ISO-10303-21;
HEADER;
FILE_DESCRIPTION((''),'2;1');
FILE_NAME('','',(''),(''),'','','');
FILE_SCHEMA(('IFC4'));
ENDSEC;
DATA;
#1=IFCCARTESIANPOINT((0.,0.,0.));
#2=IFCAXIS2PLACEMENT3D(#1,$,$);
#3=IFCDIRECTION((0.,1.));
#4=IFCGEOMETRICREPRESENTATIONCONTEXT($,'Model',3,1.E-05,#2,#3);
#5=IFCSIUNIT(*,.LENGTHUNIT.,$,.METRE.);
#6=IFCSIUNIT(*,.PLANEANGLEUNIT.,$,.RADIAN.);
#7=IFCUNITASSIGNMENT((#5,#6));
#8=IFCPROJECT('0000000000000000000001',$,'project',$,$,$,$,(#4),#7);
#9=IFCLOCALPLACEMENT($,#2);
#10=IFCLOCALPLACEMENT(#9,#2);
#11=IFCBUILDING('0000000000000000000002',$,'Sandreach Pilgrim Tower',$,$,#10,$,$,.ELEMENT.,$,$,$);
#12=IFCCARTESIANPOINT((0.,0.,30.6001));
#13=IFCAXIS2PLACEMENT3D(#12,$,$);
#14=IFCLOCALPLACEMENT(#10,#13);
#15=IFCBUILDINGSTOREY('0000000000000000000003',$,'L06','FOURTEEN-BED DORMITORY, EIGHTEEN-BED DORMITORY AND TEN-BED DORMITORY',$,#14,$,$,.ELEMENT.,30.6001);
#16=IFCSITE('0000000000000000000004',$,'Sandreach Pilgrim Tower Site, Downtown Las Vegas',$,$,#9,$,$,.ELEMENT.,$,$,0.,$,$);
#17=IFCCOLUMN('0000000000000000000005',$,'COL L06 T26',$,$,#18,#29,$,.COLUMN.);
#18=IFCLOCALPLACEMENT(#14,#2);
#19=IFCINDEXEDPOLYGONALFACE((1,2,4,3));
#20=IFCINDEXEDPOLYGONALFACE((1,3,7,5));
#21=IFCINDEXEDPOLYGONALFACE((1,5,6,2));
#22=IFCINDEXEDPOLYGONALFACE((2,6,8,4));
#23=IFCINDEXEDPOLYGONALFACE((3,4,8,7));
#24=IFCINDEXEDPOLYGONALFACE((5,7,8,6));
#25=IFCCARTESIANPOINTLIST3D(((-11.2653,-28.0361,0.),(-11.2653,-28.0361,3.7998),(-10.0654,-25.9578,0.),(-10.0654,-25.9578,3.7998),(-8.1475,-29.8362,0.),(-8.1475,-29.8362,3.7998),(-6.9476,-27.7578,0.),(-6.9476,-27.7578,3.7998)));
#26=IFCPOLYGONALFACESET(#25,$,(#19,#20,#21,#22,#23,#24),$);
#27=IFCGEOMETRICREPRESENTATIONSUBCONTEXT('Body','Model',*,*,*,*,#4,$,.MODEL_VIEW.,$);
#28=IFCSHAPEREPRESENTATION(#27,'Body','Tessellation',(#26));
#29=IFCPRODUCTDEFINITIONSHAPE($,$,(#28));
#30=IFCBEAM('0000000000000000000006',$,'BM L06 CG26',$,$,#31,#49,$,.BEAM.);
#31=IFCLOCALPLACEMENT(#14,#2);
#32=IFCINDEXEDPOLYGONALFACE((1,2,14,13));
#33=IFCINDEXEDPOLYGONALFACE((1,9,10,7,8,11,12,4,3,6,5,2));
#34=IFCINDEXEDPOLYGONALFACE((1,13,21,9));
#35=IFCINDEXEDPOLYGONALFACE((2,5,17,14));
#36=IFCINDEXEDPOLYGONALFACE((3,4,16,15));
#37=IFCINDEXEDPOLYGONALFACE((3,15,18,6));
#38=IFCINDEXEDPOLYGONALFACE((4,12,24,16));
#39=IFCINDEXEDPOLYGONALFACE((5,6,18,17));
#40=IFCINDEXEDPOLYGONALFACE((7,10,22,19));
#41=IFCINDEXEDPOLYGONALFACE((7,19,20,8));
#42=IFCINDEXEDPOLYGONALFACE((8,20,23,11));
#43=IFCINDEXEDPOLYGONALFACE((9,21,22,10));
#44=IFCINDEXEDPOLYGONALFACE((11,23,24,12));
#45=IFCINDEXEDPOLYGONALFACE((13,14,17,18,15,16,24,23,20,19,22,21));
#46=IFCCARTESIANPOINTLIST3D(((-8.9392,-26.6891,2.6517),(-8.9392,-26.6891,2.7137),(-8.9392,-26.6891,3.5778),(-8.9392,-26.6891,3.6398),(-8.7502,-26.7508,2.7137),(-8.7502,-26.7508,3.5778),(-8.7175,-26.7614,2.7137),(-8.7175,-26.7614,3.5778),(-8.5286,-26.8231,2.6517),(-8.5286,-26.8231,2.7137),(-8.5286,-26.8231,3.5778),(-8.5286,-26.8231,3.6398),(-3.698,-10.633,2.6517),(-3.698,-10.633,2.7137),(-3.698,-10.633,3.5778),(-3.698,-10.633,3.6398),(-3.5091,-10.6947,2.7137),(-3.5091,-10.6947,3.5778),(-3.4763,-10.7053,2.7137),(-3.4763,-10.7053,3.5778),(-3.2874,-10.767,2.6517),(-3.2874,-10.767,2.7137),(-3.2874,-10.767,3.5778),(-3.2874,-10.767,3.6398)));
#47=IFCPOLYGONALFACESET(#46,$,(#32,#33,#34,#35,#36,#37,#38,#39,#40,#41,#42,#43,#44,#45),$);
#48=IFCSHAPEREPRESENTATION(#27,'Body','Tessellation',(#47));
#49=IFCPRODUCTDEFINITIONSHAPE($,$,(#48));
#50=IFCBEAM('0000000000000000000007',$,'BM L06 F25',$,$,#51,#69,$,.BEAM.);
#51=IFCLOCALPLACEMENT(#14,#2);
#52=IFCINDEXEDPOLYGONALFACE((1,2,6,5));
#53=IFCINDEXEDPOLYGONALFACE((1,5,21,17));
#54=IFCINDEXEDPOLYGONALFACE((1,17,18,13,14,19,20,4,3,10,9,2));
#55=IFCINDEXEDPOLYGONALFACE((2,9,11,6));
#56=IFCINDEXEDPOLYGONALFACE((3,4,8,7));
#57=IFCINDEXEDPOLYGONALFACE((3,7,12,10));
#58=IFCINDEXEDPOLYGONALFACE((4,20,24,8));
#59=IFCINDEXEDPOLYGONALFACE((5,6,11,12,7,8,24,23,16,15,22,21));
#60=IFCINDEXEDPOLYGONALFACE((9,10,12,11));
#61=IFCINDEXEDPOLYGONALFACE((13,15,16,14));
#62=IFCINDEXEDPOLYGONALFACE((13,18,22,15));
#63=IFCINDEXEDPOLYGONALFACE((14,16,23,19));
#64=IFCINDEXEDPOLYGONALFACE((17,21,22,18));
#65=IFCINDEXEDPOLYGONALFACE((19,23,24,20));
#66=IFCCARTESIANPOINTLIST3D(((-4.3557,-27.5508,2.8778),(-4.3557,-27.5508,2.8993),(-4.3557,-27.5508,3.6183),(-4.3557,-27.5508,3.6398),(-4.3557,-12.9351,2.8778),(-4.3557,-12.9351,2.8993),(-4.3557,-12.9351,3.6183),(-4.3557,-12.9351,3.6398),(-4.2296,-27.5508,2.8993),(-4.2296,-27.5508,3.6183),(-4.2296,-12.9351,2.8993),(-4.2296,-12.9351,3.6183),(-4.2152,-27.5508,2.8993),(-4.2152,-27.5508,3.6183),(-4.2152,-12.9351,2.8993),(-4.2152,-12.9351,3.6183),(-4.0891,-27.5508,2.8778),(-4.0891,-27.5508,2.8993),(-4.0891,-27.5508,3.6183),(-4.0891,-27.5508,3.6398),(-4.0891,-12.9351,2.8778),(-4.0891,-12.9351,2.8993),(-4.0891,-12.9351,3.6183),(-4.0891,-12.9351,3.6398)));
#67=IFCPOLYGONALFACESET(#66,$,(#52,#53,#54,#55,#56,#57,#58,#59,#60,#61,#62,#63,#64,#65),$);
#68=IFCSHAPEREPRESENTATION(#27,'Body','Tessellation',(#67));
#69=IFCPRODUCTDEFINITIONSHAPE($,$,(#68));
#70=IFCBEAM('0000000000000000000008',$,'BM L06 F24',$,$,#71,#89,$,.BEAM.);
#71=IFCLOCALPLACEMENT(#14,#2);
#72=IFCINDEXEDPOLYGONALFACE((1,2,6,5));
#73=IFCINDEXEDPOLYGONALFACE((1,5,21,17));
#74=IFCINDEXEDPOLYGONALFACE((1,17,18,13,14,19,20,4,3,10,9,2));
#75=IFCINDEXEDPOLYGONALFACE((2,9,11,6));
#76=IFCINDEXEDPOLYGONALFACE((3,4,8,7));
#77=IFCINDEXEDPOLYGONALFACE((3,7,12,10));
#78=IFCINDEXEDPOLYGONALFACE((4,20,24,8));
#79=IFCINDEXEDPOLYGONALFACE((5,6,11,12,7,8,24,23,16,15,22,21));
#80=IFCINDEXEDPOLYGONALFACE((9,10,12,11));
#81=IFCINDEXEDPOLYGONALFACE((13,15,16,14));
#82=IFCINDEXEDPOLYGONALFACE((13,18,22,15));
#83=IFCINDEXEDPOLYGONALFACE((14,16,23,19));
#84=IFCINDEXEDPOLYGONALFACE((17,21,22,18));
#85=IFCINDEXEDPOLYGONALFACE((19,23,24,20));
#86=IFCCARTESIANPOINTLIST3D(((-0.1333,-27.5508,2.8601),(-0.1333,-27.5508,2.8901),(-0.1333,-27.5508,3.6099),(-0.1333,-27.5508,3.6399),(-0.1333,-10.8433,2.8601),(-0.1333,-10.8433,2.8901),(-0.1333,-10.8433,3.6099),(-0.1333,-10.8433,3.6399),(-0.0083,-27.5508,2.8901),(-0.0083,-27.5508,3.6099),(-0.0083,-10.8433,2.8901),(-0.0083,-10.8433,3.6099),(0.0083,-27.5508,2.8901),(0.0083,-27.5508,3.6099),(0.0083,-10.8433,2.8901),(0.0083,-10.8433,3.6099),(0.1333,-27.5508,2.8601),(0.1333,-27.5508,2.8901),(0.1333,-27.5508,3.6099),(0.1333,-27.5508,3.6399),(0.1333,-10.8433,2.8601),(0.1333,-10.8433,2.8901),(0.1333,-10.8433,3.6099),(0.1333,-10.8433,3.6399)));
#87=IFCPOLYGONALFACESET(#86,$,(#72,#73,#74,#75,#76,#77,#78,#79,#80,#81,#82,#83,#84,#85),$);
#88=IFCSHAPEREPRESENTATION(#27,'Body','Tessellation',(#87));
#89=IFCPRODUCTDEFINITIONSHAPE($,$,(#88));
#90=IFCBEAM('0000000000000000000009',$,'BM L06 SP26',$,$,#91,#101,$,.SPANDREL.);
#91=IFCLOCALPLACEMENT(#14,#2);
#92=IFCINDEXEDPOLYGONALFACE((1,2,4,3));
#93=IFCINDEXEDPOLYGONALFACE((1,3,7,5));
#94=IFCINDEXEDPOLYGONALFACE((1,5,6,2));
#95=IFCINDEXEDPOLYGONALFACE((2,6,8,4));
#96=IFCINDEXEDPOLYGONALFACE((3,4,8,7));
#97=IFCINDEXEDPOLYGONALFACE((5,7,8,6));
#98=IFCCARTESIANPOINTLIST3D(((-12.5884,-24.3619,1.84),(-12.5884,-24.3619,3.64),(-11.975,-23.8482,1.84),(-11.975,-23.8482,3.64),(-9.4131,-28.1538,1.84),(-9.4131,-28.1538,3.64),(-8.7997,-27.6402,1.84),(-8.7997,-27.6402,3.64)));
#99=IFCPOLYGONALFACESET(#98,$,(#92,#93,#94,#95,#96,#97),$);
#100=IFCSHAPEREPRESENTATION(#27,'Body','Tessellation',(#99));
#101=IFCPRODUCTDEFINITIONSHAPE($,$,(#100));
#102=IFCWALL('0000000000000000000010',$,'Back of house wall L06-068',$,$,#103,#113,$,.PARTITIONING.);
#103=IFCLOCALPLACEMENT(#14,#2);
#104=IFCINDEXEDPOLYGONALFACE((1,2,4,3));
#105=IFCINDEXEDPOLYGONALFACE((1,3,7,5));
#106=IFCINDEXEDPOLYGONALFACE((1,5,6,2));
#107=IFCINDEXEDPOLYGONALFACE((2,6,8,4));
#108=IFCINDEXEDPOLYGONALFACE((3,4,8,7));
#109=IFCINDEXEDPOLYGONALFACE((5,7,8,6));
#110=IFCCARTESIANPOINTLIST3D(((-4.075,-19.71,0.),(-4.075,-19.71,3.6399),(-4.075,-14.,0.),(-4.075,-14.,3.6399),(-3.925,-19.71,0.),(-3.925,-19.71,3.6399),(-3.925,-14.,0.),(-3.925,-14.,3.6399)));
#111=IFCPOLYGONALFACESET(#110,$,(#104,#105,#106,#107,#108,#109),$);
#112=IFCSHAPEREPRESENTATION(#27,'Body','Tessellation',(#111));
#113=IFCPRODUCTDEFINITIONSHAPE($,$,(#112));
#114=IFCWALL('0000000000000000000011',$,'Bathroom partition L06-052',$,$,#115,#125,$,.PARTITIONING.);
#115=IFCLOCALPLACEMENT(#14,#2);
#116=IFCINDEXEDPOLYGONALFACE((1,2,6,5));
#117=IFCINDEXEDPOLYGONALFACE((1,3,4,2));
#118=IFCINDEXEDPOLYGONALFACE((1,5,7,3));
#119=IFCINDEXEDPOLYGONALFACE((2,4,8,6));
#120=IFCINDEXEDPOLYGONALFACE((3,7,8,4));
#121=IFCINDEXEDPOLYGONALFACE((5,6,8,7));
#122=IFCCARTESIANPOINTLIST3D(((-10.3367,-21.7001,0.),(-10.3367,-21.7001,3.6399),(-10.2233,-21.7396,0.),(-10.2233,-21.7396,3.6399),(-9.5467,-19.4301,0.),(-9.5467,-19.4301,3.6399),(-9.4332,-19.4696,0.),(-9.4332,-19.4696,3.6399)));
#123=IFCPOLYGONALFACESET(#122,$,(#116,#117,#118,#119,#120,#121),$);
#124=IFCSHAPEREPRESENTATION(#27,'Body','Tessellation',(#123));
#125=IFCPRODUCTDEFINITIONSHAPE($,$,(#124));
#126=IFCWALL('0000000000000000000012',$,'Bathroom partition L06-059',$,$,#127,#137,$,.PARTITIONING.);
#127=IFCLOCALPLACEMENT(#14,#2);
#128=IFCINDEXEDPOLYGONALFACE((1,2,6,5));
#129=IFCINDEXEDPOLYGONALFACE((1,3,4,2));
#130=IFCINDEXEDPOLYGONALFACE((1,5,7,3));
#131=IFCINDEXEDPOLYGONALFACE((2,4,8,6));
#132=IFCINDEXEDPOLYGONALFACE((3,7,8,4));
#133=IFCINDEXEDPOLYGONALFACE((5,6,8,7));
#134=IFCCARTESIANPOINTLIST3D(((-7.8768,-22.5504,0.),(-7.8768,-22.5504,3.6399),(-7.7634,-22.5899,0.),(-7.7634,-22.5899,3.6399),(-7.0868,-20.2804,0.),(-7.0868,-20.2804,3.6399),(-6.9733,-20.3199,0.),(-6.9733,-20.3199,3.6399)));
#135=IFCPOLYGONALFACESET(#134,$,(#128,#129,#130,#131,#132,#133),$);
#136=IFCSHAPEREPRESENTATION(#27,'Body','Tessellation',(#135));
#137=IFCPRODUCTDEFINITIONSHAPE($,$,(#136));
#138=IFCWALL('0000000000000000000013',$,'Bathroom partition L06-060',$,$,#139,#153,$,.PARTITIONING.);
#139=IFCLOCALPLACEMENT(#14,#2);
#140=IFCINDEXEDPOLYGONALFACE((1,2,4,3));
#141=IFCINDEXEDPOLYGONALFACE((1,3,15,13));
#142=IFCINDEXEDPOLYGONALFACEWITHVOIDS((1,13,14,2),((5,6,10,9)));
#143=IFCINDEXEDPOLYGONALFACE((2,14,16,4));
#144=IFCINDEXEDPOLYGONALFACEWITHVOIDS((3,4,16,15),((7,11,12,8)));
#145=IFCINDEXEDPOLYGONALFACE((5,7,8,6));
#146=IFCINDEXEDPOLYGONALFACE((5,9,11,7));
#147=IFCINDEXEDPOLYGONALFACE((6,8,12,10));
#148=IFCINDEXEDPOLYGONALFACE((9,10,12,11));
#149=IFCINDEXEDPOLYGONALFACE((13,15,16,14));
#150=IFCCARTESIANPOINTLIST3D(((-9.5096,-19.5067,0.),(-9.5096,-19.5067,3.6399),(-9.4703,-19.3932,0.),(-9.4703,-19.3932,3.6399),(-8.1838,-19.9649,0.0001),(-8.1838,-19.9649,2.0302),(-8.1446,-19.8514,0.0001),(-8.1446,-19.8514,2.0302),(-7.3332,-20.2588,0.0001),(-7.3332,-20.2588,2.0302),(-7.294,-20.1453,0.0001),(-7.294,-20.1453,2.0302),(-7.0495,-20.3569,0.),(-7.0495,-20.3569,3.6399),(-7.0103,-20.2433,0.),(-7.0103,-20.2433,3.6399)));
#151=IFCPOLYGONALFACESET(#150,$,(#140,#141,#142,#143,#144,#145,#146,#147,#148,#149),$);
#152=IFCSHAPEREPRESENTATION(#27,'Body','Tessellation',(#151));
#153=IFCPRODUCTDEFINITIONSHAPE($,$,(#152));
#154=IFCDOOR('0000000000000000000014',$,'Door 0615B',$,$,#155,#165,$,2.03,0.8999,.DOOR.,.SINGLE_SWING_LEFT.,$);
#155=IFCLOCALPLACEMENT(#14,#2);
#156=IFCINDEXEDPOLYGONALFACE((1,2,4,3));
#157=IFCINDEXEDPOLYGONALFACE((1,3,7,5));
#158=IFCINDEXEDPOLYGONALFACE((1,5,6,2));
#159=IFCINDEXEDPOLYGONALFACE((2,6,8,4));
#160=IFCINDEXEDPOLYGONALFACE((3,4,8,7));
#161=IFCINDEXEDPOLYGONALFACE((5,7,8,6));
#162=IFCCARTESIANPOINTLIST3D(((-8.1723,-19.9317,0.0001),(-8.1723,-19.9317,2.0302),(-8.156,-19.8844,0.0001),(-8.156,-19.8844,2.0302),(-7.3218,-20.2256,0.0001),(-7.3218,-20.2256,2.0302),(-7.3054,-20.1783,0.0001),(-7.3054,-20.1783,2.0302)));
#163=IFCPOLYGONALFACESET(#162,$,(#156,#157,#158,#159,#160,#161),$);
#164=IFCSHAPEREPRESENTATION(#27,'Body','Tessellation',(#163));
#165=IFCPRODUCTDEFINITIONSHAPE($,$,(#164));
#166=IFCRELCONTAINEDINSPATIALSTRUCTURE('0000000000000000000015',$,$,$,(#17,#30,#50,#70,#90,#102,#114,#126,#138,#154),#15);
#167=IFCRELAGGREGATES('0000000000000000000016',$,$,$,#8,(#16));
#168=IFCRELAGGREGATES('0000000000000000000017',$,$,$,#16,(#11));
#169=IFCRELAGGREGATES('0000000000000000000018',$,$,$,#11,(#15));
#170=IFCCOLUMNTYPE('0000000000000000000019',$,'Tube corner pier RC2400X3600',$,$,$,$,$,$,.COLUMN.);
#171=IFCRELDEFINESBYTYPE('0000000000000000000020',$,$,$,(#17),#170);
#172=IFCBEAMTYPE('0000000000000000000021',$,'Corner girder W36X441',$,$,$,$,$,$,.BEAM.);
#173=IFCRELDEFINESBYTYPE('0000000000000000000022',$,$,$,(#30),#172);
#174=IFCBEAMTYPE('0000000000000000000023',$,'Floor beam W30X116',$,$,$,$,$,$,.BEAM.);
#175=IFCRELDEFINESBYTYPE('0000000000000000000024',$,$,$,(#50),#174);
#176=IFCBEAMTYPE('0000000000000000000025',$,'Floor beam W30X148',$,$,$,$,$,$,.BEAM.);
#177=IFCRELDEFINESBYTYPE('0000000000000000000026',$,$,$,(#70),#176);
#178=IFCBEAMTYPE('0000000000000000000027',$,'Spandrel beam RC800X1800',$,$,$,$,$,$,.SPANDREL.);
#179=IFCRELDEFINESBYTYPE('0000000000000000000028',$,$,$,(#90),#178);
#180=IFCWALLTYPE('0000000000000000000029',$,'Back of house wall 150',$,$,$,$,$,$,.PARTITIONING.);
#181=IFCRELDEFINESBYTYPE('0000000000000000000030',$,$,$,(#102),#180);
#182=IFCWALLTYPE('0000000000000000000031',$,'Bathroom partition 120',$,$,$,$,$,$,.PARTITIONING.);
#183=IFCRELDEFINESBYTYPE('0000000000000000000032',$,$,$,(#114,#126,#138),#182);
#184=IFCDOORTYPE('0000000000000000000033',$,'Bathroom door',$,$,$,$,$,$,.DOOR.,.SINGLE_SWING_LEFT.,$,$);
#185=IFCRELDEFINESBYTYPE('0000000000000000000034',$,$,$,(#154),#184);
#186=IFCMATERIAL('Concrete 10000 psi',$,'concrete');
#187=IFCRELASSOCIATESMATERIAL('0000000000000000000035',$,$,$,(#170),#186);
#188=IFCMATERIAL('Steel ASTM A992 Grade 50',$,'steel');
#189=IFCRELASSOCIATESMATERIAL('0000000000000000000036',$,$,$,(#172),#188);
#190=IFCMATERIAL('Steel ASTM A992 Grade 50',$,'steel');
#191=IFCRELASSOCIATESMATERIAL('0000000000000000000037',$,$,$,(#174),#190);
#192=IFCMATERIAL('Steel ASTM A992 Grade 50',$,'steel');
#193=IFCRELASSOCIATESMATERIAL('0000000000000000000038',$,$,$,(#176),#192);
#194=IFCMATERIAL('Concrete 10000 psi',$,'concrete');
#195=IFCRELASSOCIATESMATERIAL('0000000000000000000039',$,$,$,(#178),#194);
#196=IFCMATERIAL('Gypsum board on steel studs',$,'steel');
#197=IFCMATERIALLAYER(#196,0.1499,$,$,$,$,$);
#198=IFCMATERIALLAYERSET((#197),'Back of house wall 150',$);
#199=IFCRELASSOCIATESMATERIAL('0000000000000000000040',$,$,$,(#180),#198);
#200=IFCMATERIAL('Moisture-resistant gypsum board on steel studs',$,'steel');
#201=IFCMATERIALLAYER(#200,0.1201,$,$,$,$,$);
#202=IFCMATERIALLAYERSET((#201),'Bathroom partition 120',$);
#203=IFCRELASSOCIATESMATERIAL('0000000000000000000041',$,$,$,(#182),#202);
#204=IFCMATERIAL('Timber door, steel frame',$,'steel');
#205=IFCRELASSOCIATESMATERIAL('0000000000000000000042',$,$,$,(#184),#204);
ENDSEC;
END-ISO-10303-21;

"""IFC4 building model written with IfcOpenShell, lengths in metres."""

from ifc_helpers import new_model, si_unit, direction, frame, frame_2d, origin, origin_2d, place, context, subcontext, project, spatial, rectangle, i_section, extrude, material, layer, layer_set, material_profile, profile_set, type_object, element, fill, save


model = new_model("IFC4")

# Units and contexts
model_context = context("Model", 3, precision=1e-05, world=origin(), true_north=direction((0.0, 1.0)))
body_context = subcontext(model_context, "Body", "Model", "MODEL_VIEW")
ifc_project = project(units=[si_unit("LENGTHUNIT", "METRE"), si_unit("PLANEANGLEUNIT", "RADIAN")], contexts=[model_context])

# Site, building, storey
site_placement = place(None, origin())
site = spatial("IfcSite", under=ifc_project, at=site_placement, Name="Sandreach Pilgrim Tower Site, Downtown Las Vegas", CompositionType="ELEMENT", RefElevation=0.0)
building_placement = place(site_placement, origin())
building = spatial("IfcBuilding", under=site, at=building_placement, Name="Sandreach Pilgrim Tower", CompositionType="ELEMENT")
storey_placement = place(building_placement, frame((0.0, 0.0, 30.6001)))
storey = spatial("IfcBuildingStorey", under=building, at=storey_placement, Name="L06", Description="FOURTEEN-BED DORMITORY, EIGHTEEN-BED DORMITORY AND TEN-BED DORMITORY", CompositionType="ELEMENT", Elevation=30.6001)

# Column
ifc_material_1 = material(Name="Concrete 10000 psi", Category="concrete")
ifc_material_profile_1 = material_profile(ifc_material_1, rectangle(XDim=2.3999, YDim=3.6001, at=origin_2d()), Name="RC2400X3600")
ifc_profile_set_1 = profile_set([ifc_material_profile_1], Name="Concrete 10000 psi")
column_type = type_object("IfcColumnType", Name="Tube corner pier RC2400X3600", PredefinedType="COLUMN", material=ifc_profile_set_1)
column_placement = place(storey_placement, frame((-9.1064, -27.897, 0.0), z_axis=(0.0, 0.0, 1.0), x_axis=(-0.5, -0.866025, 0.0)))
element("IfcColumn", 1, at=column_placement, inside=storey, type_object=column_type, Name="COL L06 T26", PredefinedType="COLUMN", context=body_context, shape_type="SweptSolid", body=[
    extrude(rectangle(XDim=2.3999, YDim=3.6001, at=origin_2d()), origin(), (0.0, 0.0, 1.0), 3.7998),
])

# Beams
ifc_material_2 = material(Name="Steel ASTM A992 Grade 50", Category="steel")
ifc_material_profile_2 = material_profile(ifc_material_2, i_section(OverallWidth=0.4319, OverallDepth=0.988, WebThickness=0.0344, FlangeThickness=0.062, at=origin_2d()), Name="W36X441")
ifc_profile_set_2 = profile_set([ifc_material_profile_2], Name="Steel ASTM A992 Grade 50")
beam_type_1 = type_object("IfcBeamType", Name="Corner girder W36X441", PredefinedType="BEAM", material=ifc_profile_set_2)
beam_1_placement = place(storey_placement, frame((-8.7339, -26.7561, 3.1458), z_axis=(0.310315, 0.950634, 0.0), x_axis=(-0.950634, 0.310315, 0.0)))
element("IfcBeam", 2, at=beam_1_placement, inside=storey, type_object=beam_type_1, Name="BM L06 CG26", PredefinedType="BEAM", context=body_context, shape_type="SweptSolid", body=[
    extrude(i_section(OverallWidth=0.4319, OverallDepth=0.988, WebThickness=0.0344, FlangeThickness=0.062, at=origin_2d()), origin(), (0.0, 0.0, 1.0), 16.8899),
])
ifc_material_3 = material(Name="Steel ASTM A992 Grade 50", Category="steel")
ifc_material_profile_3 = material_profile(ifc_material_3, i_section(OverallWidth=0.2666, OverallDepth=0.762, WebThickness=0.0144, FlangeThickness=0.0215, at=origin_2d()), Name="W30X116")
ifc_profile_set_3 = profile_set([ifc_material_profile_3], Name="Steel ASTM A992 Grade 50")
beam_type_2 = type_object("IfcBeamType", Name="Floor beam W30X116", PredefinedType="BEAM", material=ifc_profile_set_3)
beam_2_placement = place(storey_placement, frame((-4.2224, -27.5508, 3.2588), z_axis=(0.0, 1.0, 0.0), x_axis=(-1.0, 0.0, 0.0)))
element("IfcBeam", 3, at=beam_2_placement, inside=storey, type_object=beam_type_2, Name="BM L06 F25", PredefinedType="BEAM", context=body_context, shape_type="SweptSolid", body=[
    extrude(i_section(OverallWidth=0.2666, OverallDepth=0.762, WebThickness=0.0144, FlangeThickness=0.0215, at=origin_2d()), origin(), (0.0, 0.0, 1.0), 14.6157),
])
ifc_material_4 = material(Name="Steel ASTM A992 Grade 50", Category="steel")
ifc_material_profile_4 = material_profile(ifc_material_4, i_section(OverallWidth=0.2666, OverallDepth=0.7798, WebThickness=0.0166, FlangeThickness=0.03, at=origin_2d()), Name="W30X148")
ifc_profile_set_4 = profile_set([ifc_material_profile_4], Name="Steel ASTM A992 Grade 50")
beam_type_3 = type_object("IfcBeamType", Name="Floor beam W30X148", PredefinedType="BEAM", material=ifc_profile_set_4)
beam_3_placement = place(storey_placement, frame((0.0, -27.5508, 3.25), z_axis=(0.0, 1.0, 0.0), x_axis=(-1.0, 0.0, 0.0)))
element("IfcBeam", 4, at=beam_3_placement, inside=storey, type_object=beam_type_3, Name="BM L06 F24", PredefinedType="BEAM", context=body_context, shape_type="SweptSolid", body=[
    extrude(i_section(OverallWidth=0.2666, OverallDepth=0.7798, WebThickness=0.0166, FlangeThickness=0.03, at=origin_2d()), origin(), (0.0, 0.0, 1.0), 16.7075),
])
ifc_material_5 = material(Name="Concrete 10000 psi", Category="concrete")
ifc_material_profile_5 = material_profile(ifc_material_5, rectangle(XDim=0.8, YDim=1.8, at=origin_2d()), Name="RC800X1800")
ifc_profile_set_5 = profile_set([ifc_material_profile_5], Name="Concrete 10000 psi")
beam_type_4 = type_object("IfcBeamType", Name="Spandrel beam RC800X1800", PredefinedType="SPANDREL", material=ifc_profile_set_5)
beam_4_placement = place(storey_placement, frame((-9.1064, -27.897, 2.74), z_axis=(-0.642008, 0.766698, 0.0), x_axis=(-0.766698, -0.642008, 0.0)))
element("IfcBeam", 5, at=beam_4_placement, inside=storey, type_object=beam_type_4, Name="BM L06 SP26", PredefinedType="SPANDREL", context=body_context, shape_type="SweptSolid", body=[
    extrude(rectangle(XDim=0.8, YDim=1.8, at=origin_2d()), origin(), (0.0, 0.0, 1.0), 4.9458),
])

# Walls
ifc_material_6 = material(Name="Gypsum board on steel studs", Category="steel")
ifc_layer_1 = layer(ifc_material_6, 0.1499)
ifc_layer_set_1 = layer_set([ifc_layer_1], Name="Back of house wall 150")
wall_type_1 = type_object("IfcWallType", Name="Back of house wall 150", PredefinedType="PARTITIONING", material=ifc_layer_set_1)
wall_1_placement = place(storey_placement, frame((-4.0, -14.0, 0.0), z_axis=(0.0, 0.0, 1.0), x_axis=(0.0, -1.0, 0.0)))
element("IfcWall", 6, at=wall_1_placement, inside=storey, type_object=wall_type_1, Name="Back of house wall L06-068", PredefinedType="PARTITIONING", context=body_context, shape_type="SweptSolid", body=[
    extrude(rectangle(XDim=5.71, YDim=0.1499, at=frame_2d((2.855, 0.0))), origin(), (0.0, 0.0, 1.0), 3.6399),
])
ifc_material_7 = material(Name="Moisture-resistant gypsum board on steel studs", Category="steel")
ifc_layer_2 = layer(ifc_material_7, 0.1201)
ifc_layer_set_2 = layer_set([ifc_layer_2], Name="Bathroom partition 120")
wall_type_2 = type_object("IfcWallType", Name="Bathroom partition 120", PredefinedType="PARTITIONING", material=ifc_layer_set_2)
for number, where, z_axis, x_axis, name in (
    (7, (-9.49, -19.45, 0.0), (0.0, 0.0, 1.0), (-0.328694, -0.944436, 0.0), "Bathroom partition L06-052"),
    (8, (-7.8201, -22.5701, 0.0), (0.0, 0.0, 1.0), (0.328694, 0.944436, 0.0), "Bathroom partition L06-059"),
):
    element("IfcWall", number, at=place(storey_placement, frame(where, z_axis=z_axis, x_axis=x_axis)), inside=storey, type_object=wall_type_2, Name=name, PredefinedType="PARTITIONING", context=body_context, shape_type="SweptSolid", body=[
        extrude(rectangle(XDim=2.4036, YDim=0.1201, at=frame_2d((1.2017, 0.0))), origin(), (0.0, 0.0, 1.0), 3.6399),
    ])

# Wall, opening, door
wall_2_placement = place(storey_placement, frame((-7.03, -20.3, 0.0), z_axis=(0.0, 0.0, 1.0), x_axis=(-0.945155, 0.326621, 0.0)))
wall_2 = element("IfcWall", 9, at=wall_2_placement, inside=storey, type_object=wall_type_2, Name="Bathroom partition L06-060", PredefinedType="PARTITIONING", context=body_context, shape_type="SweptSolid", body=[
    extrude(rectangle(XDim=2.6028, YDim=0.1201, at=frame_2d((1.3013, 0.0))), origin(), (0.0, 0.0, 1.0), 3.6399),
])
opening_1_placement = place(wall_2_placement, frame((0.3, 0.0, 0.0)))
opening_1 = element("IfcOpeningElement", 10, at=opening_1_placement, cuts=wall_2, PredefinedType="OPENING", context=body_context, shape_type="SweptSolid", body=[
    extrude(rectangle(XDim=0.8999, YDim=2.03, at=frame_2d((0.45, 1.0151))), frame((0.0, 0.0601, 0.0), z_axis=(0.0, -1.0, 0.0), x_axis=(1.0, 0.0, 0.0)), (0.0, 0.0, 1.0), 0.1201),
])
ifc_material_8 = material(Name="Timber door, steel frame", Category="steel")
door_type_1 = type_object("IfcDoorType", Name="Bathroom door", OperationType="SINGLE_SWING_LEFT", PredefinedType="DOOR", material=ifc_material_8)
door_1_placement = place(opening_1_placement, origin())
door_1 = element("IfcDoor", 11, at=door_1_placement, inside=storey, type_object=door_type_1, Name="Door 0615B", OperationType="SINGLE_SWING_LEFT", OverallHeight=2.03, OverallWidth=0.8999, PredefinedType="DOOR", context=body_context, shape_type="SweptSolid", body=[
    extrude(rectangle(XDim=0.8999, YDim=2.03, at=frame_2d((0.45, 1.0151))), frame((0.0, 0.0249, 0.0), z_axis=(0.0, -1.0, 0.0), x_axis=(1.0, 0.0, 0.0)), (0.0, 0.0, 1.0), 0.05),
])
fill(opening_1, door_1)

save(model, "model.ifc")
